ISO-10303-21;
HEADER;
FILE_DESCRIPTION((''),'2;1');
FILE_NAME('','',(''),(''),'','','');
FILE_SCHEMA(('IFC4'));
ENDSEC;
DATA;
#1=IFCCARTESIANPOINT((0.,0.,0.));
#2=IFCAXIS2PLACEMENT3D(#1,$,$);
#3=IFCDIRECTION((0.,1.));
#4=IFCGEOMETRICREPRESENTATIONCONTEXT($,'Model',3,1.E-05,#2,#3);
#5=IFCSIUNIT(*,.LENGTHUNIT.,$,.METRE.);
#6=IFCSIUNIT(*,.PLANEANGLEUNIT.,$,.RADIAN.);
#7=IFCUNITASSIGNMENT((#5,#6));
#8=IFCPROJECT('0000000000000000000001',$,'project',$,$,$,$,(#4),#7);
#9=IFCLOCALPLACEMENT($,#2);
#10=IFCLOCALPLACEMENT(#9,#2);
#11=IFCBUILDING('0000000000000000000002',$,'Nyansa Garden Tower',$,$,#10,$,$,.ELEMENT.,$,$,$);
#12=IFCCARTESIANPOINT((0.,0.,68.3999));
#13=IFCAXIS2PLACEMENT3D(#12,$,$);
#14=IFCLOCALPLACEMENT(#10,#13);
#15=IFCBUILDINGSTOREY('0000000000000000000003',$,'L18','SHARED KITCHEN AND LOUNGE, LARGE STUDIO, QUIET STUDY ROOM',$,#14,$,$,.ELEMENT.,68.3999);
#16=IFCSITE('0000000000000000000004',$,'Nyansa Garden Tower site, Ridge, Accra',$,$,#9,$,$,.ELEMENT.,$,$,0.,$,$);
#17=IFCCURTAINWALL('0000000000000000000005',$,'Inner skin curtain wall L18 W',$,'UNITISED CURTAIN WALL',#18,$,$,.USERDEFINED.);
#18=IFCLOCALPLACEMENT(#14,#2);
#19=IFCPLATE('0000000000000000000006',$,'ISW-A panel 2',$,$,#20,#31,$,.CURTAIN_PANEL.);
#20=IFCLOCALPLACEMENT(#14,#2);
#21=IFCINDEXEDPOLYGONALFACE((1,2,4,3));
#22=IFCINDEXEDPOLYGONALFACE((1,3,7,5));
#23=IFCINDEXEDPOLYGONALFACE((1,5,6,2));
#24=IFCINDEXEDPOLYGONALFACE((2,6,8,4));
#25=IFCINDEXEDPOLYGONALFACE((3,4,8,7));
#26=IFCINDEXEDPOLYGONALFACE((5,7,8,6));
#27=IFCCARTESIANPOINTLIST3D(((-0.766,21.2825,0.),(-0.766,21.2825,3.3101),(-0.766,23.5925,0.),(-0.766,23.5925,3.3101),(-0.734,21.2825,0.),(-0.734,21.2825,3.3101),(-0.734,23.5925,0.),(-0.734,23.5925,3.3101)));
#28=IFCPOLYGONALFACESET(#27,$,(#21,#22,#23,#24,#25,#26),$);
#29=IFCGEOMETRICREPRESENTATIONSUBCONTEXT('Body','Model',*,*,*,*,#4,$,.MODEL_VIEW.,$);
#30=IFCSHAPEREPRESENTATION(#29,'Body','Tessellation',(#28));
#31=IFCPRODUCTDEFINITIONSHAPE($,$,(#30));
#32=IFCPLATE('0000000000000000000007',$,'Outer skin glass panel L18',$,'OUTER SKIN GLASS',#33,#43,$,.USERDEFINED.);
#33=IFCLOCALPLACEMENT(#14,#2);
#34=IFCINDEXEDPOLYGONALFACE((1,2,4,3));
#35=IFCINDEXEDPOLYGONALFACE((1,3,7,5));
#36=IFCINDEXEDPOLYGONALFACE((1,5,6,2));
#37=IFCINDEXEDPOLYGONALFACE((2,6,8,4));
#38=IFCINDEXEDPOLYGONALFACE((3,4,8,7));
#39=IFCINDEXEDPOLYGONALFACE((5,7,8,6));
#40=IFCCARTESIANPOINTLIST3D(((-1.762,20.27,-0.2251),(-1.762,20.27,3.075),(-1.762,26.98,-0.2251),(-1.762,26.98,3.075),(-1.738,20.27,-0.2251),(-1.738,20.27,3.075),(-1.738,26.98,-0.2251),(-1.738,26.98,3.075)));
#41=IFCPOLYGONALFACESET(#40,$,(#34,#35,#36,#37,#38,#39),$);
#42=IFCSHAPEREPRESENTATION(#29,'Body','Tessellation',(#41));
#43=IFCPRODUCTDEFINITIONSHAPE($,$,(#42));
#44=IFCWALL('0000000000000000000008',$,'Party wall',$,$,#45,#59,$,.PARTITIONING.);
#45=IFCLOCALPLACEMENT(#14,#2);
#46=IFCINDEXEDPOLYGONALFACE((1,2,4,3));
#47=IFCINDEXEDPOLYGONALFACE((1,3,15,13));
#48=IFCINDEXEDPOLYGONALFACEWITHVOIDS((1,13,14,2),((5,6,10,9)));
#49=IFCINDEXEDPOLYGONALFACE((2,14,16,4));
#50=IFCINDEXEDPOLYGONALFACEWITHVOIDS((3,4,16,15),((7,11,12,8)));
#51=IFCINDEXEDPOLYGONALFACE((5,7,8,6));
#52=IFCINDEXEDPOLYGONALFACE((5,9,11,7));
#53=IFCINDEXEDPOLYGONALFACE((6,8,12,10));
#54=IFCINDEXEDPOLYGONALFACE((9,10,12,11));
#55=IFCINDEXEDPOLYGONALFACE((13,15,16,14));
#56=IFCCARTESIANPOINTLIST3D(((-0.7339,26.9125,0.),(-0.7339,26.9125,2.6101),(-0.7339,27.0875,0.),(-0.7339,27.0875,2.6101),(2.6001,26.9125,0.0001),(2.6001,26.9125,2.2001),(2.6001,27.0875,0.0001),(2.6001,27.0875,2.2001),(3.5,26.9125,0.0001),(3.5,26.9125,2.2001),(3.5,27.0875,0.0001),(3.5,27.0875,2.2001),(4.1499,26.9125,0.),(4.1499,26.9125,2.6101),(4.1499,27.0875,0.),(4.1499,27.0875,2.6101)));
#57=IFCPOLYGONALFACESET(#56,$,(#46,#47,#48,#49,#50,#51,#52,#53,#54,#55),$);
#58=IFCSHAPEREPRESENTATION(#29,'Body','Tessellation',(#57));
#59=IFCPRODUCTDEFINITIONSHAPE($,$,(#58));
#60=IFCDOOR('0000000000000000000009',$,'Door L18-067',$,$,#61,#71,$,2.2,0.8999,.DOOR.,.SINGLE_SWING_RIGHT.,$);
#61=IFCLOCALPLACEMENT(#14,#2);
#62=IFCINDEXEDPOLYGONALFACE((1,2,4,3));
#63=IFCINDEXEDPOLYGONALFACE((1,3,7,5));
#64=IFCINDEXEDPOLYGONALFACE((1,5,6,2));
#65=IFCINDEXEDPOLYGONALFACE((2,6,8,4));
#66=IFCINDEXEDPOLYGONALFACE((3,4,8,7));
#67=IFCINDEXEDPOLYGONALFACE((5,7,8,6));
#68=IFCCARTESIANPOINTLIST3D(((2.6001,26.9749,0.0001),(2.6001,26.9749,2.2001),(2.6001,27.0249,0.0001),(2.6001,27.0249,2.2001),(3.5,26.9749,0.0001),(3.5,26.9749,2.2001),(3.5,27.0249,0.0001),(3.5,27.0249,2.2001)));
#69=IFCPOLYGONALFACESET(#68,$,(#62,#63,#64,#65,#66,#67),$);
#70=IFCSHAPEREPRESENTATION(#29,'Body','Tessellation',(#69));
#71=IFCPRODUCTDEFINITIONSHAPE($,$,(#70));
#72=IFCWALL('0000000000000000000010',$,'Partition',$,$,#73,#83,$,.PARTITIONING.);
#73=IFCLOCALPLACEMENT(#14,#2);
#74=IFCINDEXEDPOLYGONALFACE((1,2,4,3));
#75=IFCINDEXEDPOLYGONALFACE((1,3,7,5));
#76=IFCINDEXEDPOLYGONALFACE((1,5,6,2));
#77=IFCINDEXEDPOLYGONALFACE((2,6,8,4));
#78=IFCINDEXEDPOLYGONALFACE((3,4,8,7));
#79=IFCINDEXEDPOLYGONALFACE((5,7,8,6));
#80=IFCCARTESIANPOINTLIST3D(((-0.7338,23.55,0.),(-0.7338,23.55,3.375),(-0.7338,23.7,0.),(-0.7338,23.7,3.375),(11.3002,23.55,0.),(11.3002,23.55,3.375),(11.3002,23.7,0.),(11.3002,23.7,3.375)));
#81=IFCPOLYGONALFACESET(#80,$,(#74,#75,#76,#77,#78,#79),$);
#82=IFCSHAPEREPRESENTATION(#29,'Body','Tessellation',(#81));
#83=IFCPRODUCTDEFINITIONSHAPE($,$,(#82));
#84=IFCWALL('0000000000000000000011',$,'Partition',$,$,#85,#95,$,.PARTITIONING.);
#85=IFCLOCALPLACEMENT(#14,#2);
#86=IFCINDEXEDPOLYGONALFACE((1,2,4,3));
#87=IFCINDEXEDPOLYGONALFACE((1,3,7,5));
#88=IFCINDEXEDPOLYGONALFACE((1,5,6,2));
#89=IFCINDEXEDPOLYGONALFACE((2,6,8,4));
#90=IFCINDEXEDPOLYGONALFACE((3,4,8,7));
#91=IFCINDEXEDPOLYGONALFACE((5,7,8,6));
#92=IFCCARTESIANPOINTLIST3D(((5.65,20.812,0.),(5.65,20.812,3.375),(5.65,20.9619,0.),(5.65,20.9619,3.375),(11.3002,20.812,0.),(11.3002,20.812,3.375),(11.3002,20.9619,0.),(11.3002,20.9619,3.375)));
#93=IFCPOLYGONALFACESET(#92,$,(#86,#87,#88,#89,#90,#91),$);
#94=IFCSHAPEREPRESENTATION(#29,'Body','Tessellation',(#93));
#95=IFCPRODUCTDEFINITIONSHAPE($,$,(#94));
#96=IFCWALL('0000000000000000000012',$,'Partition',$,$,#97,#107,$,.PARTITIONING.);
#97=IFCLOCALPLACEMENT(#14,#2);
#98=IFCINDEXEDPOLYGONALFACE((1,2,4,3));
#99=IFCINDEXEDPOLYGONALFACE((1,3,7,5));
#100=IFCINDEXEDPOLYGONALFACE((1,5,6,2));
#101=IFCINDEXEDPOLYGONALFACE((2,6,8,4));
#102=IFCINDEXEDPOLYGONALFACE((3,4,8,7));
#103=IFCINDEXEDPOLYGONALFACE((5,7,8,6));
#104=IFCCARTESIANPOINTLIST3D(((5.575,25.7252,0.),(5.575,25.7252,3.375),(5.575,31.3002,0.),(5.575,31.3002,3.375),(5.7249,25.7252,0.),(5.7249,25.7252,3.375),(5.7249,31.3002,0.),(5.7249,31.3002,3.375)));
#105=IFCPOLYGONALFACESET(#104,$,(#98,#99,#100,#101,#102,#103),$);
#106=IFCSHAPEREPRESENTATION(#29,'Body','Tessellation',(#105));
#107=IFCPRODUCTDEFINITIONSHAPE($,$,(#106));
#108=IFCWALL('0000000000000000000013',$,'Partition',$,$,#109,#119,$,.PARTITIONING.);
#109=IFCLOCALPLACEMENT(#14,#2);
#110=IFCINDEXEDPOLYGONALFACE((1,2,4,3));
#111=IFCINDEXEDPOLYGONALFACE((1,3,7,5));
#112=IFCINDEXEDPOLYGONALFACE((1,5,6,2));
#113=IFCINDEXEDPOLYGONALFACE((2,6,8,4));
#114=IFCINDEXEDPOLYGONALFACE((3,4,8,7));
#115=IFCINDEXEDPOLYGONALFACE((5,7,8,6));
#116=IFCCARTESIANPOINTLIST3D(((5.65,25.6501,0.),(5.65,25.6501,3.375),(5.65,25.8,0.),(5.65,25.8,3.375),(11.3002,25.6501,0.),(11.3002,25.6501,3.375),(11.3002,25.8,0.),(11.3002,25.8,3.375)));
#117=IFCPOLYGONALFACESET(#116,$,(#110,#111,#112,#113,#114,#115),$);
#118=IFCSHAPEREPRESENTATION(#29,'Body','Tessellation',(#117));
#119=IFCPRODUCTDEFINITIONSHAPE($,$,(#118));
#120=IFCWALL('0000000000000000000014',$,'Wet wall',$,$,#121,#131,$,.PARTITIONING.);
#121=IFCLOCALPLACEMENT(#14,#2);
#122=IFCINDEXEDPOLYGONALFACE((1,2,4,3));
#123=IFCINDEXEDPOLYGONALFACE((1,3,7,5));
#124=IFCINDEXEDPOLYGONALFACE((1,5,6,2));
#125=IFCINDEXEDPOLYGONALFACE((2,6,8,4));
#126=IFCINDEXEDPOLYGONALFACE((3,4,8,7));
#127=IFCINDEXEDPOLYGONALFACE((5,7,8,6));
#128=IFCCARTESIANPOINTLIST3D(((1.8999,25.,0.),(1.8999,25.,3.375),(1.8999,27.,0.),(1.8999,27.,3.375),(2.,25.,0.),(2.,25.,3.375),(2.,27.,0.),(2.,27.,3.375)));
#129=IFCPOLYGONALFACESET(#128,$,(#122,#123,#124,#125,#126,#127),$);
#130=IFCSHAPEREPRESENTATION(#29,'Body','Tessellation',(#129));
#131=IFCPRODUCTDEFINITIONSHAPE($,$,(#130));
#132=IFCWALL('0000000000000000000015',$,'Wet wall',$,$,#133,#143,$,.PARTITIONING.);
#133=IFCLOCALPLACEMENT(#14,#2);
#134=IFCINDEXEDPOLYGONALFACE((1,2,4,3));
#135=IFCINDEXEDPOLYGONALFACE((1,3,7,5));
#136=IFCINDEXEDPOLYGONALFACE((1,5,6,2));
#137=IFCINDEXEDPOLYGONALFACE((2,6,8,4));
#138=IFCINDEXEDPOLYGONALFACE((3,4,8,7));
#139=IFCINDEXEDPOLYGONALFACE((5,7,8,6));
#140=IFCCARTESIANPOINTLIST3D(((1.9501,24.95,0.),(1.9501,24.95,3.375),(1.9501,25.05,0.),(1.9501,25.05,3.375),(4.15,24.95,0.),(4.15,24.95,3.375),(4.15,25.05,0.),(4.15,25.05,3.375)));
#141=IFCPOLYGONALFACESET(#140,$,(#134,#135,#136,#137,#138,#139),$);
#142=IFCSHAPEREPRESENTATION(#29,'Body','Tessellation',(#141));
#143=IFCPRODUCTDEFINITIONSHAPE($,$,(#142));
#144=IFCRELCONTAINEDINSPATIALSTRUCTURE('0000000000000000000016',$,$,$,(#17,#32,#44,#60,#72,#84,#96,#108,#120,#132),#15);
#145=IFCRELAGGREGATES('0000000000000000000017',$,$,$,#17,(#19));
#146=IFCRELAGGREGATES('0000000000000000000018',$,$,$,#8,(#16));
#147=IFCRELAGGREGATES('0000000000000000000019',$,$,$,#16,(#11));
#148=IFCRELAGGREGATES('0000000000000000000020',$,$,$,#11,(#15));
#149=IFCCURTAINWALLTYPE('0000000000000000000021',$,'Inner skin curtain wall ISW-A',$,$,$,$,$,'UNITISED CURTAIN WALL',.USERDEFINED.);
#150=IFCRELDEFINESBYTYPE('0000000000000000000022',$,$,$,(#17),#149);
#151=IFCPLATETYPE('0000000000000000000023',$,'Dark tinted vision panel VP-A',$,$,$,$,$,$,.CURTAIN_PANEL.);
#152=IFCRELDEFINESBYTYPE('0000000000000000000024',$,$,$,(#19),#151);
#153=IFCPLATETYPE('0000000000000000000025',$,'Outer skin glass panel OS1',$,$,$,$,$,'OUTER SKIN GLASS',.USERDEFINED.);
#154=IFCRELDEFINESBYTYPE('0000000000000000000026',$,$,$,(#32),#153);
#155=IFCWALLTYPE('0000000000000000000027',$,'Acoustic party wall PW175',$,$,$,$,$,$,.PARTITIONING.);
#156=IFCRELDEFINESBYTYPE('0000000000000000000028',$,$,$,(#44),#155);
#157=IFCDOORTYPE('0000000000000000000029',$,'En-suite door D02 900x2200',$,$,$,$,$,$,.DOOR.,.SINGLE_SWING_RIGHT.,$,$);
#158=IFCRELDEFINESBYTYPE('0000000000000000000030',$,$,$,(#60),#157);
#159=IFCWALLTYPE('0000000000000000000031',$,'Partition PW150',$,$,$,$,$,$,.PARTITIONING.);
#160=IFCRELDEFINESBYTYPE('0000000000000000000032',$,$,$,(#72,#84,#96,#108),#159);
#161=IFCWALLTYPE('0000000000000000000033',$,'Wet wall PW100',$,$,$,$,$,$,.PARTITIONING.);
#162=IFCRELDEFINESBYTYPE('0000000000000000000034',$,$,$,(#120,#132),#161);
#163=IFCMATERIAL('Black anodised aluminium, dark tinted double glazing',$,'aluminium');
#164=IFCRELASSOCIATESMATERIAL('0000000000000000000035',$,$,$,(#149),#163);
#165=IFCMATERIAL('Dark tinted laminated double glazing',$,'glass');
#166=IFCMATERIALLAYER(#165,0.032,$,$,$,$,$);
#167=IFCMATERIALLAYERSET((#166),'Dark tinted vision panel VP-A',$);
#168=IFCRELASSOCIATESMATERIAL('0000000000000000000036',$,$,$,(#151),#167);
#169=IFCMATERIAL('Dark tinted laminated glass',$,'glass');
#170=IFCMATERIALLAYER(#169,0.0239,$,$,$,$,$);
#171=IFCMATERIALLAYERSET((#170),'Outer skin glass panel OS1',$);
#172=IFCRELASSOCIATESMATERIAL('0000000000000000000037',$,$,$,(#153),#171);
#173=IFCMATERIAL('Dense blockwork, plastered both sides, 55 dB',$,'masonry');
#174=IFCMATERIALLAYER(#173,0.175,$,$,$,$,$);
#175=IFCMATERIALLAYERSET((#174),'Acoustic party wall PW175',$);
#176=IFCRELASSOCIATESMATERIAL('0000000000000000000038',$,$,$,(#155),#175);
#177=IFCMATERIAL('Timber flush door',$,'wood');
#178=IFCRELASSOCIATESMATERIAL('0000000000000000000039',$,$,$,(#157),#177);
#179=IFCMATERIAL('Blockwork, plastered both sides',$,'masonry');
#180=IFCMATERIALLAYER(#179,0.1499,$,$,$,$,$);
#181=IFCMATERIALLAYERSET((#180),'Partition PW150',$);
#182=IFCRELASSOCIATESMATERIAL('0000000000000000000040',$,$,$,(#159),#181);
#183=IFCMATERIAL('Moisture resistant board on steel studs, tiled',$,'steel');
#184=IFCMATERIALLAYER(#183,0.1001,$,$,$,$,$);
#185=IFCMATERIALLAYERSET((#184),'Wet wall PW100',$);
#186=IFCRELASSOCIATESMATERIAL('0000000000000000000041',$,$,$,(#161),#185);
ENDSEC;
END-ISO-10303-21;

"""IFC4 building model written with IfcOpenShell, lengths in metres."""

from ifc_helpers import new_model, si_unit, direction, frame, frame_2d, origin, origin_2d, place, context, subcontext, project, spatial, rectangle, extrude, material, layer, layer_set, type_object, element, fill, aggregate, save


model = new_model("IFC4")

# Units and contexts
model_context = context("Model", 3, precision=1e-05, world=origin(), true_north=direction((0.0, 1.0)))
body_context = subcontext(model_context, "Body", "Model", "MODEL_VIEW")
ifc_project = project(units=[si_unit("LENGTHUNIT", "METRE"), si_unit("PLANEANGLEUNIT", "RADIAN")], contexts=[model_context])

# Site, building, storey
site_placement = place(None, origin())
site = spatial("IfcSite", under=ifc_project, at=site_placement, Name="Nyansa Garden Tower site, Ridge, Accra", CompositionType="ELEMENT", RefElevation=0.0)
building_placement = place(site_placement, origin())
building = spatial("IfcBuilding", under=site, at=building_placement, Name="Nyansa Garden Tower", CompositionType="ELEMENT")
storey_placement = place(building_placement, frame((0.0, 0.0, 68.3999)))
storey = spatial("IfcBuildingStorey", under=building, at=storey_placement, Name="L18", Description="SHARED KITCHEN AND LOUNGE, LARGE STUDIO, QUIET STUDY ROOM", CompositionType="ELEMENT", Elevation=68.3999)

# Curtain wall
ifc_material_1 = material(Name="Black anodised aluminium, dark tinted double glazing", Category="aluminium")
curtain_wall_type = type_object("IfcCurtainWallType", Name="Inner skin curtain wall ISW-A", ElementType="UNITISED CURTAIN WALL", PredefinedType="USERDEFINED", material=ifc_material_1)
curtain_wall_placement = place(storey_placement, origin())
curtain_wall = element("IfcCurtainWall", 1, at=curtain_wall_placement, inside=storey, type_object=curtain_wall_type, Name="Inner skin curtain wall L18 W", ObjectType="UNITISED CURTAIN WALL", PredefinedType="USERDEFINED")

# Plates
ifc_material_2 = material(Name="Dark tinted laminated double glazing", Category="glass")
ifc_layer_1 = layer(ifc_material_2, 0.032)
ifc_layer_set_1 = layer_set([ifc_layer_1], Name="Dark tinted vision panel VP-A")
plate_type_1 = type_object("IfcPlateType", Name="Dark tinted vision panel VP-A", PredefinedType="CURTAIN_PANEL", material=ifc_layer_set_1)
plate_1_placement = place(storey_placement, frame((-0.75, 22.4375, 0.0), z_axis=(0.0, 0.0, 1.0), x_axis=(0.0, -1.0, 0.0)))
plate_1 = element("IfcPlate", 2, at=plate_1_placement, type_object=plate_type_1, Name="ISW-A panel 2", PredefinedType="CURTAIN_PANEL", context=body_context, shape_type="SweptSolid", body=[
    extrude(rectangle(XDim=2.3101, YDim=0.032, at=origin_2d()), origin(), (0.0, 0.0, 1.0), 3.3101),
])
aggregate(curtain_wall, [plate_1])
ifc_material_3 = material(Name="Dark tinted laminated glass", Category="glass")
ifc_layer_2 = layer(ifc_material_3, 0.0239)
ifc_layer_set_2 = layer_set([ifc_layer_2], Name="Outer skin glass panel OS1")
plate_type_2 = type_object("IfcPlateType", Name="Outer skin glass panel OS1", ElementType="OUTER SKIN GLASS", PredefinedType="USERDEFINED", material=ifc_layer_set_2)
plate_2_placement = place(storey_placement, frame((-1.75, 23.625, -0.2251), z_axis=(0.0, 0.0, 1.0), x_axis=(0.0, 1.0, 0.0)))
element("IfcPlate", 3, at=plate_2_placement, inside=storey, type_object=plate_type_2, Name="Outer skin glass panel L18", ObjectType="OUTER SKIN GLASS", PredefinedType="USERDEFINED", context=body_context, shape_type="SweptSolid", body=[
    extrude(rectangle(XDim=6.71, YDim=0.0239, at=origin_2d()), origin(), (0.0, 0.0, 1.0), 3.3),
])

# Wall, opening, door
ifc_material_4 = material(Name="Dense blockwork, plastered both sides, 55 dB", Category="masonry")
ifc_layer_3 = layer(ifc_material_4, 0.175)
ifc_layer_set_3 = layer_set([ifc_layer_3], Name="Acoustic party wall PW175")
wall_type_1 = type_object("IfcWallType", Name="Acoustic party wall PW175", PredefinedType="PARTITIONING", material=ifc_layer_set_3)
wall_1_placement = place(storey_placement, frame((-0.7339, 27.0, 0.0), z_axis=(0.0, 0.0, 1.0), x_axis=(1.0, 0.0, 0.0)))
wall_1 = element("IfcWall", 4, at=wall_1_placement, inside=storey, type_object=wall_type_1, Name="Party wall", PredefinedType="PARTITIONING", context=body_context, shape_type="SweptSolid", body=[
    extrude(rectangle(XDim=4.8838, YDim=0.175, at=frame_2d((2.4419, 0.0))), origin(), (0.0, 0.0, 1.0), 2.6101),
])
opening_placement = place(wall_1_placement, frame((3.334, 0.0, 0.0)))
opening = element("IfcOpeningElement", 5, at=opening_placement, cuts=wall_1, PredefinedType="OPENING", context=body_context, shape_type="SweptSolid", body=[
    extrude(rectangle(XDim=0.8999, YDim=2.2, at=frame_2d((0.45, 1.1001))), frame((0.0, 0.0974, 0.0), z_axis=(0.0, -1.0, 0.0), x_axis=(1.0, 0.0, 0.0)), (0.0, 0.0, 1.0), 0.1951),
])
ifc_material_5 = material(Name="Timber flush door", Category="wood")
door_type = type_object("IfcDoorType", Name="En-suite door D02 900x2200", OperationType="SINGLE_SWING_RIGHT", PredefinedType="DOOR", material=ifc_material_5)
door_placement = place(opening_placement, origin())
door = element("IfcDoor", 6, at=door_placement, inside=storey, type_object=door_type, Name="Door L18-067", OperationType="SINGLE_SWING_RIGHT", OverallHeight=2.2, OverallWidth=0.8999, PredefinedType="DOOR", context=body_context, shape_type="SweptSolid", body=[
    extrude(rectangle(XDim=0.8999, YDim=2.2, at=frame_2d((0.45, 1.1001))), frame((0.0, 0.0249, 0.0), z_axis=(0.0, -1.0, 0.0), x_axis=(1.0, 0.0, 0.0)), (0.0, 0.0, 1.0), 0.05),
])
fill(opening, door)

# Walls
ifc_material_6 = material(Name="Blockwork, plastered both sides", Category="masonry")
ifc_layer_4 = layer(ifc_material_6, 0.1499)
ifc_layer_set_4 = layer_set([ifc_layer_4], Name="Partition PW150")
wall_type_2 = type_object("IfcWallType", Name="Partition PW150", PredefinedType="PARTITIONING", material=ifc_layer_set_4)
wall_2_placement = place(storey_placement, frame((-0.7339, 23.625, 0.0), z_axis=(0.0, 0.0, 1.0), x_axis=(1.0, 0.0, 0.0)))
element("IfcWall", 7, at=wall_2_placement, inside=storey, type_object=wall_type_2, Name="Partition", PredefinedType="PARTITIONING", context=body_context, shape_type="SweptSolid", body=[
    extrude(rectangle(XDim=12.0339, YDim=0.1499, at=frame_2d((6.0171, 0.0))), origin(), (0.0, 0.0, 1.0), 3.375),
])
wall_3_placement = place(storey_placement, frame((5.6499, 20.887, 0.0), z_axis=(0.0, 0.0, 1.0), x_axis=(1.0, 0.0, 0.0)))
element("IfcWall", 8, at=wall_3_placement, inside=storey, type_object=wall_type_2, Name="Partition", PredefinedType="PARTITIONING", context=body_context, shape_type="SweptSolid", body=[
    extrude(rectangle(XDim=5.6501, YDim=0.1499, at=frame_2d((2.8252, 0.0))), origin(), (0.0, 0.0, 1.0), 3.375),
])
wall_4_placement = place(storey_placement, frame((5.6499, 25.7251, 0.0), z_axis=(0.0, 0.0, 1.0), x_axis=(0.0, 1.0, 0.0)))
element("IfcWall", 9, at=wall_4_placement, inside=storey, type_object=wall_type_2, Name="Partition", PredefinedType="PARTITIONING", context=body_context, shape_type="SweptSolid", body=[
    extrude(rectangle(XDim=5.575, YDim=0.1499, at=frame_2d((2.7876, 0.0))), origin(), (0.0, 0.0, 1.0), 3.375),
])
wall_5_placement = place(storey_placement, frame((5.6499, 25.7251, 0.0), z_axis=(0.0, 0.0, 1.0), x_axis=(1.0, 0.0, 0.0)))
element("IfcWall", 10, at=wall_5_placement, inside=storey, type_object=wall_type_2, Name="Partition", PredefinedType="PARTITIONING", context=body_context, shape_type="SweptSolid", body=[
    extrude(rectangle(XDim=5.6501, YDim=0.1499, at=frame_2d((2.8252, 0.0))), origin(), (0.0, 0.0, 1.0), 3.375),
])
ifc_material_7 = material(Name="Moisture resistant board on steel studs, tiled", Category="steel")
ifc_layer_5 = layer(ifc_material_7, 0.1001)
ifc_layer_set_5 = layer_set([ifc_layer_5], Name="Wet wall PW100")
wall_type_3 = type_object("IfcWallType", Name="Wet wall PW100", PredefinedType="PARTITIONING", material=ifc_layer_set_5)
wall_6_placement = place(storey_placement, frame((1.95, 25.0, 0.0), z_axis=(0.0, 0.0, 1.0), x_axis=(0.0, 1.0, 0.0)))
element("IfcWall", 11, at=wall_6_placement, inside=storey, type_object=wall_type_3, Name="Wet wall", PredefinedType="PARTITIONING", context=body_context, shape_type="SweptSolid", body=[
    extrude(rectangle(XDim=2.0, YDim=0.1001, at=frame_2d((1.0, 0.0))), origin(), (0.0, 0.0, 1.0), 3.375),
])
wall_7_placement = place(storey_placement, frame((1.95, 25.0, 0.0), z_axis=(0.0, 0.0, 1.0), x_axis=(1.0, 0.0, 0.0)))
element("IfcWall", 12, at=wall_7_placement, inside=storey, type_object=wall_type_3, Name="Wet wall", PredefinedType="PARTITIONING", context=body_context, shape_type="SweptSolid", body=[
    extrude(rectangle(XDim=2.2, YDim=0.1001, at=frame_2d((1.1001, 0.0))), origin(), (0.0, 0.0, 1.0), 3.375),
])

save(model, "model.ifc")
